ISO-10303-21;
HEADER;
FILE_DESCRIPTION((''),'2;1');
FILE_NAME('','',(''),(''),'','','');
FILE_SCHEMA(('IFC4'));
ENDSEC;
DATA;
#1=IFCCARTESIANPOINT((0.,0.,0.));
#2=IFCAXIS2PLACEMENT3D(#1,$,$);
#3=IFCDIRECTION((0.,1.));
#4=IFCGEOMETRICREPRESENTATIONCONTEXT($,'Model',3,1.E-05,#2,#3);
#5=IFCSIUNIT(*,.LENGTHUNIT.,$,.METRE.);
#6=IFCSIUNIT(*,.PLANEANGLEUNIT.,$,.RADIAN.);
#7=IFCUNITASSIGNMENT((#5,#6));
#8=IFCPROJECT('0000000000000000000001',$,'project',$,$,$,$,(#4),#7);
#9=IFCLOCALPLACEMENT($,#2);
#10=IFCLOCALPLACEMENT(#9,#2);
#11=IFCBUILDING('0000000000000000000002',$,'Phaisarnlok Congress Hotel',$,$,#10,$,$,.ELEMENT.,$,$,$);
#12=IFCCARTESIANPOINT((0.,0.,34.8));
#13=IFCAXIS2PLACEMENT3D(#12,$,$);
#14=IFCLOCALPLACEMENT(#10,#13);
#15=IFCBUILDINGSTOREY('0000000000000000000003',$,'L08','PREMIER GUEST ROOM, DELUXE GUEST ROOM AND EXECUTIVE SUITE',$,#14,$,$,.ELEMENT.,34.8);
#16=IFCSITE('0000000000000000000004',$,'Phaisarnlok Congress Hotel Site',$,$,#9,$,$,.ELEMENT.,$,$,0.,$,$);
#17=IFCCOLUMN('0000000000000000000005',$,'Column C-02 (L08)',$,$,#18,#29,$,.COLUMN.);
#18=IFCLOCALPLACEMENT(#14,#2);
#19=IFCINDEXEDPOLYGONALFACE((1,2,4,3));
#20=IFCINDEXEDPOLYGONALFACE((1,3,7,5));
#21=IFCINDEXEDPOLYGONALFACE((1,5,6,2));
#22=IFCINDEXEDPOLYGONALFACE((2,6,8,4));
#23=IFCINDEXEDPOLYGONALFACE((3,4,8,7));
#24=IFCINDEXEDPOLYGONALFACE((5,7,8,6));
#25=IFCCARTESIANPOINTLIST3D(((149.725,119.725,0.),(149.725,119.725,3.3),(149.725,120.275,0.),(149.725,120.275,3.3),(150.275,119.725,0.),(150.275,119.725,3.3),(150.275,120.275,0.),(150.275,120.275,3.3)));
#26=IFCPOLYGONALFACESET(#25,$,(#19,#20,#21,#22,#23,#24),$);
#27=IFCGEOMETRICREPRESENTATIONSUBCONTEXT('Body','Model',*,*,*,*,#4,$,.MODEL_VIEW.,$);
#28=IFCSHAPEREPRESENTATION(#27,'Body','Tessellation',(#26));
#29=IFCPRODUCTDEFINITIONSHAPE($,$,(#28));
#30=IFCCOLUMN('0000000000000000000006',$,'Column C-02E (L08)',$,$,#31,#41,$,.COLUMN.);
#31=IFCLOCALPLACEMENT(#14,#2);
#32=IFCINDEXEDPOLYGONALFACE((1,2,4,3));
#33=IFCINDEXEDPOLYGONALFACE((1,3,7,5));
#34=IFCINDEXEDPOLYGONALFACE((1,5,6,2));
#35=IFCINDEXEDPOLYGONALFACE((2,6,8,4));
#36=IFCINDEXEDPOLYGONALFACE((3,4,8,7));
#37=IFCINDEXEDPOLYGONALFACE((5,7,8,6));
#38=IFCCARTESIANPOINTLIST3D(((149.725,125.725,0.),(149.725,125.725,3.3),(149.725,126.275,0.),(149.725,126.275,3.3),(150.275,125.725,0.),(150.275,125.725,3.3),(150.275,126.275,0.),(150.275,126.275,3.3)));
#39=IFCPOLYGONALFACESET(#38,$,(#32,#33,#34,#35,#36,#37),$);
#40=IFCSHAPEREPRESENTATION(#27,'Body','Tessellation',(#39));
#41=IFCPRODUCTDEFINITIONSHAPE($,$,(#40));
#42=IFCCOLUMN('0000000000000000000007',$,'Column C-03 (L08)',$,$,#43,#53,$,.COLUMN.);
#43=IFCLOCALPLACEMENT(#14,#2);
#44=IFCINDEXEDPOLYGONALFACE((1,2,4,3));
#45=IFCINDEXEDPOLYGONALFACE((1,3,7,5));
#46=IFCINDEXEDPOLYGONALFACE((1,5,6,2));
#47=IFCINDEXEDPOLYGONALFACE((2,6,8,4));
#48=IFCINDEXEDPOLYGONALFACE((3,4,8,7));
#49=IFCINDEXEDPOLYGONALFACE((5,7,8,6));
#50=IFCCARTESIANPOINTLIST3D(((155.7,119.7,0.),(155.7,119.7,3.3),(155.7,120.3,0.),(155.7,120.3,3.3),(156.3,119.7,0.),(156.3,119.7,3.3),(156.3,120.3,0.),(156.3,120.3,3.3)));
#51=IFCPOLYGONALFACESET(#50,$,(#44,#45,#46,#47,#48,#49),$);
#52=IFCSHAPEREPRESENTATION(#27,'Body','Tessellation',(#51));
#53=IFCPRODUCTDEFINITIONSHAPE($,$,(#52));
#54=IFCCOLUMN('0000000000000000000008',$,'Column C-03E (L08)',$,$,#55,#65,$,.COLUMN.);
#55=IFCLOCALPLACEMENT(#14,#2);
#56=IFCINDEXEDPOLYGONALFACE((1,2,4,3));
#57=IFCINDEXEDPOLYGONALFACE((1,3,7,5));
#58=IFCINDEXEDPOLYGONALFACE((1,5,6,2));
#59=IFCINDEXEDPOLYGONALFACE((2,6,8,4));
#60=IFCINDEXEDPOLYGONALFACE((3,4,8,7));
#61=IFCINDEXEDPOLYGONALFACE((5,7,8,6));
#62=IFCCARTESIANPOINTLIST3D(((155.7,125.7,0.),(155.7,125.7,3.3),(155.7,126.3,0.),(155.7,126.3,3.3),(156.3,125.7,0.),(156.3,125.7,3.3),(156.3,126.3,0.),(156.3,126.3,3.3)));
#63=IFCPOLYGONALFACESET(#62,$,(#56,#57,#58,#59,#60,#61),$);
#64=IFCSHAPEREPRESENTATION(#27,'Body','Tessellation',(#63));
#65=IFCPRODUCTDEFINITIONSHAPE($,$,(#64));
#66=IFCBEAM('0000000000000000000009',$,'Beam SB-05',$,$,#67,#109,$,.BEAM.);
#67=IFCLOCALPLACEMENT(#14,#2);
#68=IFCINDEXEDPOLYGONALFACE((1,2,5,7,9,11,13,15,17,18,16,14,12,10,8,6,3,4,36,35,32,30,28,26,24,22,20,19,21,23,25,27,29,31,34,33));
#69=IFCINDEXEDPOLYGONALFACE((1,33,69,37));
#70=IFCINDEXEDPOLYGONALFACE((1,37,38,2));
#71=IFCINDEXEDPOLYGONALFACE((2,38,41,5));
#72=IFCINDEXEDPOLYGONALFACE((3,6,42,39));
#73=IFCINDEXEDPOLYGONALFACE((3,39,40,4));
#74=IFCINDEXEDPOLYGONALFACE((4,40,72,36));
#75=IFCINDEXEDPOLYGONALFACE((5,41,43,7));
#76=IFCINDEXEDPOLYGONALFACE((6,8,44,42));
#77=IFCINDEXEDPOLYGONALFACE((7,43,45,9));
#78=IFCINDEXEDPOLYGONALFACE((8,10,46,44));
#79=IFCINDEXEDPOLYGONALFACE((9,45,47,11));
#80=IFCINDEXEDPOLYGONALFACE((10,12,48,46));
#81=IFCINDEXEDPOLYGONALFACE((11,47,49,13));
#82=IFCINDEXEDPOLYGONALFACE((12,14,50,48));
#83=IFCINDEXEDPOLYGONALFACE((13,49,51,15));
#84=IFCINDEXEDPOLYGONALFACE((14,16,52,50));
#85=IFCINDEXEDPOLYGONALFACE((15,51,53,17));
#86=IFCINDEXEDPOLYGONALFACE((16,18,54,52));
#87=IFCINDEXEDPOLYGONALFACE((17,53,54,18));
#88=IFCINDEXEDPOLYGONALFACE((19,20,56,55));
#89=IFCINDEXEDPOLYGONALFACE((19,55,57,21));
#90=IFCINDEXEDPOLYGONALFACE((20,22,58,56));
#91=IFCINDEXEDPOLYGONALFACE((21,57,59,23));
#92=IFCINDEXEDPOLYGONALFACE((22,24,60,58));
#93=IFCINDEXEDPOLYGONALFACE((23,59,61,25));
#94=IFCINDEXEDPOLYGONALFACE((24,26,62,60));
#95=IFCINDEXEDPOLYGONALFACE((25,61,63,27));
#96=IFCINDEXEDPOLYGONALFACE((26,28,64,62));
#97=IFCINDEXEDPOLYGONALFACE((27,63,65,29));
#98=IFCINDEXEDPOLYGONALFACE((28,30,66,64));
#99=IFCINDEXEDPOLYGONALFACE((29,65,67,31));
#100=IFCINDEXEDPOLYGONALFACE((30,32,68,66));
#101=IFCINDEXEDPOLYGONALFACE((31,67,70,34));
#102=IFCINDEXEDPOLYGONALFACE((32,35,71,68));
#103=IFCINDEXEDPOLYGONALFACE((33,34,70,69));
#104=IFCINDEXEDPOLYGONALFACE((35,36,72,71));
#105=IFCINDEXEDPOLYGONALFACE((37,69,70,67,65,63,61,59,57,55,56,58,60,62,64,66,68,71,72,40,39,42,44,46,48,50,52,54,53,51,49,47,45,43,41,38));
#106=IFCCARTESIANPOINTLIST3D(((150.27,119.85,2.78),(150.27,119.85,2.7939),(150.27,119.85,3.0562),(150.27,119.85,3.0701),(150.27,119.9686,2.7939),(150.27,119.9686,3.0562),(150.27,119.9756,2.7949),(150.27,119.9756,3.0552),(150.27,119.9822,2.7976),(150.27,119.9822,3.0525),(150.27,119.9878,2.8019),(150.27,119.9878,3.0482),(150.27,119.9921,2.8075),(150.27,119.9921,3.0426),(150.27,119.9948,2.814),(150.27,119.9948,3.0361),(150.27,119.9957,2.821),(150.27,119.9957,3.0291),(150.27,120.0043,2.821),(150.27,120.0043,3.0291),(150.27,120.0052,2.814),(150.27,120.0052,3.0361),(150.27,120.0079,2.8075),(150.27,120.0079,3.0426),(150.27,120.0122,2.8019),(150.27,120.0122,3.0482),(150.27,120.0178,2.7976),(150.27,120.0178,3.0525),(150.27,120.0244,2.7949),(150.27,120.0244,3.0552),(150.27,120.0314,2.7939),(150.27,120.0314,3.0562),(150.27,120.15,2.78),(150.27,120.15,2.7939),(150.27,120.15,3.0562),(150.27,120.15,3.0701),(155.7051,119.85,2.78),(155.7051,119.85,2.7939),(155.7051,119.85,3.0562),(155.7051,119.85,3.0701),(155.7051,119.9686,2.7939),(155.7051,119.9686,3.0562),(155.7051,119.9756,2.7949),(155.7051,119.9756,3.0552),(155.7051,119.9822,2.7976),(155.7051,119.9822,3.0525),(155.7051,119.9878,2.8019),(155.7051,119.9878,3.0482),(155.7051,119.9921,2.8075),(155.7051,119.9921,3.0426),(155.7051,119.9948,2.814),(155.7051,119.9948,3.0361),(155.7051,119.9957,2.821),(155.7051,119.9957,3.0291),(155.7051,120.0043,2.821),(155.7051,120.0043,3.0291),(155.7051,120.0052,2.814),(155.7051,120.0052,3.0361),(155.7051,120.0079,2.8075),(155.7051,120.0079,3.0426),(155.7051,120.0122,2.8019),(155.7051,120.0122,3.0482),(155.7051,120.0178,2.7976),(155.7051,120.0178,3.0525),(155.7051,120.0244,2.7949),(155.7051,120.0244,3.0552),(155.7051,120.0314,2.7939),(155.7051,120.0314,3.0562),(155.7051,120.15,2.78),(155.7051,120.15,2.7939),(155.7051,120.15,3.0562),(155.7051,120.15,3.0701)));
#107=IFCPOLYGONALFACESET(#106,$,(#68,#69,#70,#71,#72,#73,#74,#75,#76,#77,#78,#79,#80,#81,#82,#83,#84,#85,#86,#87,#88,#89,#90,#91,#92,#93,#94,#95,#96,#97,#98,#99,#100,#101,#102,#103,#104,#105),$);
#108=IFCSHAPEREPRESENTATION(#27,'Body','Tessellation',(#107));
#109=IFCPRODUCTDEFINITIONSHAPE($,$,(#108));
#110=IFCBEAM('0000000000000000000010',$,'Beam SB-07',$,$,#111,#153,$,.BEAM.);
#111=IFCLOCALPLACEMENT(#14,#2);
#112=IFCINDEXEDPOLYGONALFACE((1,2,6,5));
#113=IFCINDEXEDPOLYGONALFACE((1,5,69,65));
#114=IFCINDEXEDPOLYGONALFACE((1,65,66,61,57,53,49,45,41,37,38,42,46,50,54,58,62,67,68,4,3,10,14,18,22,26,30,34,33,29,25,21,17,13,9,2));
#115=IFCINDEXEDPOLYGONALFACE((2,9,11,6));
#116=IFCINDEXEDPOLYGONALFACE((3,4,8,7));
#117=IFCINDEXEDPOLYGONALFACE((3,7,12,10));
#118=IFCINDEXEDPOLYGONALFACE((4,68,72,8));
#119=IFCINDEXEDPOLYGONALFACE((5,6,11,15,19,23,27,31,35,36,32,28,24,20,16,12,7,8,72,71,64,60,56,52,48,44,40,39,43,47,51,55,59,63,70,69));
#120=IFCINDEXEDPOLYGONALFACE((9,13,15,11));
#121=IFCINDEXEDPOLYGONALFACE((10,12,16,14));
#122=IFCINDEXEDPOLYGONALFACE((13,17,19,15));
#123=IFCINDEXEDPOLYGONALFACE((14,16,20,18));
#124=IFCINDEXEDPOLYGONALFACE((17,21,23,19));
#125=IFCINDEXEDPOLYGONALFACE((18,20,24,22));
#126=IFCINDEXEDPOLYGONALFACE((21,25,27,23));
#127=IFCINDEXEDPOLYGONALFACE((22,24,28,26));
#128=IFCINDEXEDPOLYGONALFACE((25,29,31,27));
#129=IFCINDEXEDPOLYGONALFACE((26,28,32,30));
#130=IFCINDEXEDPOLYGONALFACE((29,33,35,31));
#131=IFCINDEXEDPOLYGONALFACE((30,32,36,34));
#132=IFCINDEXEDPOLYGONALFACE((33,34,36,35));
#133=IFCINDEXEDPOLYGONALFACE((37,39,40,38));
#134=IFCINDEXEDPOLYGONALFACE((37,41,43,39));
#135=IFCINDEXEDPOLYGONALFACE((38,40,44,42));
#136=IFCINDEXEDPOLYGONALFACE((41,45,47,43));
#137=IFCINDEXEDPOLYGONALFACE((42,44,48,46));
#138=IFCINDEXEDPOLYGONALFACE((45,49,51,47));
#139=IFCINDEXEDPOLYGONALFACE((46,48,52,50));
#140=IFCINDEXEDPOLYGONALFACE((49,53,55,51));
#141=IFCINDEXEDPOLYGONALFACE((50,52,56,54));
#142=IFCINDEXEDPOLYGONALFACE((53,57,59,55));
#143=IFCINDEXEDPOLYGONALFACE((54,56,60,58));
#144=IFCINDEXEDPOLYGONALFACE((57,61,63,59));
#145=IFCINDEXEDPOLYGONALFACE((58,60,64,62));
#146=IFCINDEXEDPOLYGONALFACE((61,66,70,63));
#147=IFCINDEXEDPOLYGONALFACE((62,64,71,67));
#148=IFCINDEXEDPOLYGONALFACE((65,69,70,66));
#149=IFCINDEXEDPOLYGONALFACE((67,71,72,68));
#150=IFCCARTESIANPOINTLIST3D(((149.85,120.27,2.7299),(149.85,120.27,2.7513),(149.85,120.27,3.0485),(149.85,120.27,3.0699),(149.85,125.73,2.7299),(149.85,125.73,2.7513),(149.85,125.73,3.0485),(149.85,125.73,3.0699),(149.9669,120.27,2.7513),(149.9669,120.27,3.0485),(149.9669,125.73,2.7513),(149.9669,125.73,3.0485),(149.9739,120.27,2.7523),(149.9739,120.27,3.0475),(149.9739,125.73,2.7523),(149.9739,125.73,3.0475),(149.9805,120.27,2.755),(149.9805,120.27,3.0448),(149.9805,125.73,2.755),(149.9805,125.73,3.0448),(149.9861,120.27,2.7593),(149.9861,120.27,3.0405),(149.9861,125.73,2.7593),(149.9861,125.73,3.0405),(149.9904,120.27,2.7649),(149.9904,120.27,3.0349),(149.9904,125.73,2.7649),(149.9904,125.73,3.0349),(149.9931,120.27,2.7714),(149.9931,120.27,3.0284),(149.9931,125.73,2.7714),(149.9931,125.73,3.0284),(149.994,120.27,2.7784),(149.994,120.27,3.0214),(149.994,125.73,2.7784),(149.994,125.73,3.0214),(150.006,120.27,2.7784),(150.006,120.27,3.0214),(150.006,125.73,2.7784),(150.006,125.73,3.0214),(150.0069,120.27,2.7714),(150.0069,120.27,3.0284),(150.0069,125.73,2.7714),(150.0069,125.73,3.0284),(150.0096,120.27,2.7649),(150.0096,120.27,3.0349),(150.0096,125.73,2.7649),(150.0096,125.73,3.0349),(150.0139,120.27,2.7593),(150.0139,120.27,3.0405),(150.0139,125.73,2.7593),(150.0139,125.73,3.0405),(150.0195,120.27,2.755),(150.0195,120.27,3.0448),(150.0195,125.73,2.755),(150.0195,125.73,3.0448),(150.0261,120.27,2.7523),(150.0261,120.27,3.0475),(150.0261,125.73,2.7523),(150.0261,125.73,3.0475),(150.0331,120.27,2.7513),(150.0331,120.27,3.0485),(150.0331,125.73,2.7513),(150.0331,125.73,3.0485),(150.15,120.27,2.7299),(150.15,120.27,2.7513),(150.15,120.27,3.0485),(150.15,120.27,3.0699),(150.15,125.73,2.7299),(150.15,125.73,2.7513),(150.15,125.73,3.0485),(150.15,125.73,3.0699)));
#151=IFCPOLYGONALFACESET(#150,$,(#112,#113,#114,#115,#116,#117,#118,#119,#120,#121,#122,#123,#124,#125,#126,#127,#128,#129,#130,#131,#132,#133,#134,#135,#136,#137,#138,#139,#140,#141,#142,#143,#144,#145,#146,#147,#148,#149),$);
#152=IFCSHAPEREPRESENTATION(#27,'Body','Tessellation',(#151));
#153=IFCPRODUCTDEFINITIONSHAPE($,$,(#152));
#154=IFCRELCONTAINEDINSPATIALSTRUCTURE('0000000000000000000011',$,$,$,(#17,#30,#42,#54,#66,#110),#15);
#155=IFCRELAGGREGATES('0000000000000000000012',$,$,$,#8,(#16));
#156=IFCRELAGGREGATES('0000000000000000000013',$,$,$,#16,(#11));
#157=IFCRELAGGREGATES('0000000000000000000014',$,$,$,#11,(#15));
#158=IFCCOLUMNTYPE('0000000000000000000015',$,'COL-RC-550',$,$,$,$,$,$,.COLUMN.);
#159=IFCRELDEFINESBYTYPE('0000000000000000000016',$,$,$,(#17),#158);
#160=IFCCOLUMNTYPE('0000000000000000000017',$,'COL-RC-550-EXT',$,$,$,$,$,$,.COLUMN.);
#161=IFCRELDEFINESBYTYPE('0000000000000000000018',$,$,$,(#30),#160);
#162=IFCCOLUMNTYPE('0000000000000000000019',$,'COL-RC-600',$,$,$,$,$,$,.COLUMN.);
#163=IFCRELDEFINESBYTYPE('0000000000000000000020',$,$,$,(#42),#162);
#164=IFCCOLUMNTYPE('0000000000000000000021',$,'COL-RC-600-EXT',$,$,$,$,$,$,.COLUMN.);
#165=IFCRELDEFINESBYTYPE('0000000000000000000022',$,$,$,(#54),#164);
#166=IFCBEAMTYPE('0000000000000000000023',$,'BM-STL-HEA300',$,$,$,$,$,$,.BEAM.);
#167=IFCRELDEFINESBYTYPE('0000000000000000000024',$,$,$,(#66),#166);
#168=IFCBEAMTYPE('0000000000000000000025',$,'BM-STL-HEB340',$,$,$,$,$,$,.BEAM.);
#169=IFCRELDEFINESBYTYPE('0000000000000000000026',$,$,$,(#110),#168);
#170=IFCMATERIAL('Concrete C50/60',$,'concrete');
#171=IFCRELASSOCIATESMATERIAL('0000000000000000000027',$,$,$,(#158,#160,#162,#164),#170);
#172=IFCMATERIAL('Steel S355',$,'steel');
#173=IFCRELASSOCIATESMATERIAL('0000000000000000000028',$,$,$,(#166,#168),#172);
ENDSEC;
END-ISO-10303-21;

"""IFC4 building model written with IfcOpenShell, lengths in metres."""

from ifc_helpers import new_model, si_unit, direction, frame, origin, origin_2d, place, context, subcontext, project, spatial, rectangle, i_section, extrude, material, material_profile, profile_set, type_object, element, save


model = new_model("IFC4")

# Units and contexts
model_context = context("Model", 3, precision=1e-05, world=origin(), true_north=direction((0.0, 1.0)))
body_context = subcontext(model_context, "Body", "Model", "MODEL_VIEW")
ifc_project = project(units=[si_unit("LENGTHUNIT", "METRE"), si_unit("PLANEANGLEUNIT", "RADIAN")], contexts=[model_context])

# Site, building, storey
site_placement = place(None, origin())
site = spatial("IfcSite", under=ifc_project, at=site_placement, Name="Phaisarnlok Congress Hotel Site", CompositionType="ELEMENT", RefElevation=0.0)
building_placement = place(site_placement, origin())
building = spatial("IfcBuilding", under=site, at=building_placement, Name="Phaisarnlok Congress Hotel", CompositionType="ELEMENT")
storey_placement = place(building_placement, frame((0.0, 0.0, 34.8)))
storey = spatial("IfcBuildingStorey", under=building, at=storey_placement, Name="L08", Description="PREMIER GUEST ROOM, DELUXE GUEST ROOM AND EXECUTIVE SUITE", CompositionType="ELEMENT", Elevation=34.8)

# Columns
ifc_material_1 = material(Name="Concrete C50/60", Category="concrete")
ifc_material_profile_1 = material_profile(ifc_material_1, rectangle(XDim=0.55, YDim=0.55, at=origin_2d()), Name="RC 550x550")
ifc_profile_set_1 = profile_set([ifc_material_profile_1], Name="Concrete C50/60")
column_type_1 = type_object("IfcColumnType", Name="COL-RC-550", PredefinedType="COLUMN", material=ifc_profile_set_1)
column_1_placement = place(storey_placement, frame((150.0, 120.0, 0.0), z_axis=(0.0, 0.0, 1.0), x_axis=(1.0, 0.0, 0.0)))
element("IfcColumn", 1, at=column_1_placement, inside=storey, type_object=column_type_1, Name="Column C-02 (L08)", PredefinedType="COLUMN", context=body_context, shape_type="SweptSolid", body=[
    extrude(rectangle(XDim=0.55, YDim=0.55, at=origin_2d()), origin(), (0.0, 0.0, 1.0), 3.3),
])
ifc_material_profile_2 = material_profile(ifc_material_1, rectangle(XDim=0.55, YDim=0.55, at=origin_2d()), Name="RC 550x550")
ifc_profile_set_2 = profile_set([ifc_material_profile_2], Name="Concrete C50/60")
column_type_2 = type_object("IfcColumnType", Name="COL-RC-550-EXT", PredefinedType="COLUMN", material=ifc_profile_set_2)
column_2_placement = place(storey_placement, frame((150.0, 126.0, 0.0), z_axis=(0.0, 0.0, 1.0), x_axis=(1.0, 0.0, 0.0)))
element("IfcColumn", 2, at=column_2_placement, inside=storey, type_object=column_type_2, Name="Column C-02E (L08)", PredefinedType="COLUMN", context=body_context, shape_type="SweptSolid", body=[
    extrude(rectangle(XDim=0.55, YDim=0.55, at=origin_2d()), origin(), (0.0, 0.0, 1.0), 3.3),
])
ifc_material_profile_3 = material_profile(ifc_material_1, rectangle(XDim=0.6001, YDim=0.6001, at=origin_2d()), Name="RC 600x600")
ifc_profile_set_3 = profile_set([ifc_material_profile_3], Name="Concrete C50/60")
column_type_3 = type_object("IfcColumnType", Name="COL-RC-600", PredefinedType="COLUMN", material=ifc_profile_set_3)
column_3_placement = place(storey_placement, frame((156.0, 120.0, 0.0), z_axis=(0.0, 0.0, 1.0), x_axis=(1.0, 0.0, 0.0)))
element("IfcColumn", 3, at=column_3_placement, inside=storey, type_object=column_type_3, Name="Column C-03 (L08)", PredefinedType="COLUMN", context=body_context, shape_type="SweptSolid", body=[
    extrude(rectangle(XDim=0.6001, YDim=0.6001, at=origin_2d()), origin(), (0.0, 0.0, 1.0), 3.3),
])
ifc_material_profile_4 = material_profile(ifc_material_1, rectangle(XDim=0.6001, YDim=0.6001, at=origin_2d()), Name="RC 600x600")
ifc_profile_set_4 = profile_set([ifc_material_profile_4], Name="Concrete C50/60")
column_type_4 = type_object("IfcColumnType", Name="COL-RC-600-EXT", PredefinedType="COLUMN", material=ifc_profile_set_4)
column_4_placement = place(storey_placement, frame((156.0, 126.0, 0.0), z_axis=(0.0, 0.0, 1.0), x_axis=(1.0, 0.0, 0.0)))
element("IfcColumn", 4, at=column_4_placement, inside=storey, type_object=column_type_4, Name="Column C-03E (L08)", PredefinedType="COLUMN", context=body_context, shape_type="SweptSolid", body=[
    extrude(rectangle(XDim=0.6001, YDim=0.6001, at=origin_2d()), origin(), (0.0, 0.0, 1.0), 3.3),
])

# Beams
ifc_material_2 = material(Name="Steel S355", Category="steel")
ifc_material_profile_5 = material_profile(ifc_material_2, i_section(OverallWidth=0.3, OverallDepth=0.29, WebThickness=0.0085, FlangeThickness=0.0139, FilletRadius=0.0271, at=origin_2d()), Name="HEA 300")
ifc_profile_set_5 = profile_set([ifc_material_profile_5], Name="Steel S355")
beam_type_1 = type_object("IfcBeamType", Name="BM-STL-HEA300", PredefinedType="BEAM", material=ifc_profile_set_5)
beam_1_placement = place(storey_placement, frame((150.27, 120.0, 2.925), z_axis=(1.0, 0.0, 0.0), x_axis=(0.0, 1.0, 0.0)))
element("IfcBeam", 5, at=beam_1_placement, inside=storey, type_object=beam_type_1, Name="Beam SB-05", PredefinedType="BEAM", context=body_context, shape_type="SweptSolid", body=[
    extrude(i_section(OverallWidth=0.3, OverallDepth=0.29, WebThickness=0.0085, FlangeThickness=0.0139, FilletRadius=0.0271, at=origin_2d()), origin(), (0.0, 0.0, 1.0), 5.4351),
])
ifc_material_profile_6 = material_profile(ifc_material_2, i_section(OverallWidth=0.3, OverallDepth=0.3401, WebThickness=0.012, FlangeThickness=0.0215, FilletRadius=0.0271, at=origin_2d()), Name="HEB 340")
ifc_profile_set_6 = profile_set([ifc_material_profile_6], Name="Steel S355")
beam_type_2 = type_object("IfcBeamType", Name="BM-STL-HEB340", PredefinedType="BEAM", material=ifc_profile_set_6)
beam_2_placement = place(storey_placement, frame((150.0, 120.27, 2.8999), z_axis=(0.0, 1.0, 0.0), x_axis=(-1.0, 0.0, 0.0)))
element("IfcBeam", 6, at=beam_2_placement, inside=storey, type_object=beam_type_2, Name="Beam SB-07", PredefinedType="BEAM", context=body_context, shape_type="SweptSolid", body=[
    extrude(i_section(OverallWidth=0.3, OverallDepth=0.3401, WebThickness=0.012, FlangeThickness=0.0215, FilletRadius=0.0271, at=origin_2d()), origin(), (0.0, 0.0, 1.0), 5.46),
])

save(model, "model.ifc")
